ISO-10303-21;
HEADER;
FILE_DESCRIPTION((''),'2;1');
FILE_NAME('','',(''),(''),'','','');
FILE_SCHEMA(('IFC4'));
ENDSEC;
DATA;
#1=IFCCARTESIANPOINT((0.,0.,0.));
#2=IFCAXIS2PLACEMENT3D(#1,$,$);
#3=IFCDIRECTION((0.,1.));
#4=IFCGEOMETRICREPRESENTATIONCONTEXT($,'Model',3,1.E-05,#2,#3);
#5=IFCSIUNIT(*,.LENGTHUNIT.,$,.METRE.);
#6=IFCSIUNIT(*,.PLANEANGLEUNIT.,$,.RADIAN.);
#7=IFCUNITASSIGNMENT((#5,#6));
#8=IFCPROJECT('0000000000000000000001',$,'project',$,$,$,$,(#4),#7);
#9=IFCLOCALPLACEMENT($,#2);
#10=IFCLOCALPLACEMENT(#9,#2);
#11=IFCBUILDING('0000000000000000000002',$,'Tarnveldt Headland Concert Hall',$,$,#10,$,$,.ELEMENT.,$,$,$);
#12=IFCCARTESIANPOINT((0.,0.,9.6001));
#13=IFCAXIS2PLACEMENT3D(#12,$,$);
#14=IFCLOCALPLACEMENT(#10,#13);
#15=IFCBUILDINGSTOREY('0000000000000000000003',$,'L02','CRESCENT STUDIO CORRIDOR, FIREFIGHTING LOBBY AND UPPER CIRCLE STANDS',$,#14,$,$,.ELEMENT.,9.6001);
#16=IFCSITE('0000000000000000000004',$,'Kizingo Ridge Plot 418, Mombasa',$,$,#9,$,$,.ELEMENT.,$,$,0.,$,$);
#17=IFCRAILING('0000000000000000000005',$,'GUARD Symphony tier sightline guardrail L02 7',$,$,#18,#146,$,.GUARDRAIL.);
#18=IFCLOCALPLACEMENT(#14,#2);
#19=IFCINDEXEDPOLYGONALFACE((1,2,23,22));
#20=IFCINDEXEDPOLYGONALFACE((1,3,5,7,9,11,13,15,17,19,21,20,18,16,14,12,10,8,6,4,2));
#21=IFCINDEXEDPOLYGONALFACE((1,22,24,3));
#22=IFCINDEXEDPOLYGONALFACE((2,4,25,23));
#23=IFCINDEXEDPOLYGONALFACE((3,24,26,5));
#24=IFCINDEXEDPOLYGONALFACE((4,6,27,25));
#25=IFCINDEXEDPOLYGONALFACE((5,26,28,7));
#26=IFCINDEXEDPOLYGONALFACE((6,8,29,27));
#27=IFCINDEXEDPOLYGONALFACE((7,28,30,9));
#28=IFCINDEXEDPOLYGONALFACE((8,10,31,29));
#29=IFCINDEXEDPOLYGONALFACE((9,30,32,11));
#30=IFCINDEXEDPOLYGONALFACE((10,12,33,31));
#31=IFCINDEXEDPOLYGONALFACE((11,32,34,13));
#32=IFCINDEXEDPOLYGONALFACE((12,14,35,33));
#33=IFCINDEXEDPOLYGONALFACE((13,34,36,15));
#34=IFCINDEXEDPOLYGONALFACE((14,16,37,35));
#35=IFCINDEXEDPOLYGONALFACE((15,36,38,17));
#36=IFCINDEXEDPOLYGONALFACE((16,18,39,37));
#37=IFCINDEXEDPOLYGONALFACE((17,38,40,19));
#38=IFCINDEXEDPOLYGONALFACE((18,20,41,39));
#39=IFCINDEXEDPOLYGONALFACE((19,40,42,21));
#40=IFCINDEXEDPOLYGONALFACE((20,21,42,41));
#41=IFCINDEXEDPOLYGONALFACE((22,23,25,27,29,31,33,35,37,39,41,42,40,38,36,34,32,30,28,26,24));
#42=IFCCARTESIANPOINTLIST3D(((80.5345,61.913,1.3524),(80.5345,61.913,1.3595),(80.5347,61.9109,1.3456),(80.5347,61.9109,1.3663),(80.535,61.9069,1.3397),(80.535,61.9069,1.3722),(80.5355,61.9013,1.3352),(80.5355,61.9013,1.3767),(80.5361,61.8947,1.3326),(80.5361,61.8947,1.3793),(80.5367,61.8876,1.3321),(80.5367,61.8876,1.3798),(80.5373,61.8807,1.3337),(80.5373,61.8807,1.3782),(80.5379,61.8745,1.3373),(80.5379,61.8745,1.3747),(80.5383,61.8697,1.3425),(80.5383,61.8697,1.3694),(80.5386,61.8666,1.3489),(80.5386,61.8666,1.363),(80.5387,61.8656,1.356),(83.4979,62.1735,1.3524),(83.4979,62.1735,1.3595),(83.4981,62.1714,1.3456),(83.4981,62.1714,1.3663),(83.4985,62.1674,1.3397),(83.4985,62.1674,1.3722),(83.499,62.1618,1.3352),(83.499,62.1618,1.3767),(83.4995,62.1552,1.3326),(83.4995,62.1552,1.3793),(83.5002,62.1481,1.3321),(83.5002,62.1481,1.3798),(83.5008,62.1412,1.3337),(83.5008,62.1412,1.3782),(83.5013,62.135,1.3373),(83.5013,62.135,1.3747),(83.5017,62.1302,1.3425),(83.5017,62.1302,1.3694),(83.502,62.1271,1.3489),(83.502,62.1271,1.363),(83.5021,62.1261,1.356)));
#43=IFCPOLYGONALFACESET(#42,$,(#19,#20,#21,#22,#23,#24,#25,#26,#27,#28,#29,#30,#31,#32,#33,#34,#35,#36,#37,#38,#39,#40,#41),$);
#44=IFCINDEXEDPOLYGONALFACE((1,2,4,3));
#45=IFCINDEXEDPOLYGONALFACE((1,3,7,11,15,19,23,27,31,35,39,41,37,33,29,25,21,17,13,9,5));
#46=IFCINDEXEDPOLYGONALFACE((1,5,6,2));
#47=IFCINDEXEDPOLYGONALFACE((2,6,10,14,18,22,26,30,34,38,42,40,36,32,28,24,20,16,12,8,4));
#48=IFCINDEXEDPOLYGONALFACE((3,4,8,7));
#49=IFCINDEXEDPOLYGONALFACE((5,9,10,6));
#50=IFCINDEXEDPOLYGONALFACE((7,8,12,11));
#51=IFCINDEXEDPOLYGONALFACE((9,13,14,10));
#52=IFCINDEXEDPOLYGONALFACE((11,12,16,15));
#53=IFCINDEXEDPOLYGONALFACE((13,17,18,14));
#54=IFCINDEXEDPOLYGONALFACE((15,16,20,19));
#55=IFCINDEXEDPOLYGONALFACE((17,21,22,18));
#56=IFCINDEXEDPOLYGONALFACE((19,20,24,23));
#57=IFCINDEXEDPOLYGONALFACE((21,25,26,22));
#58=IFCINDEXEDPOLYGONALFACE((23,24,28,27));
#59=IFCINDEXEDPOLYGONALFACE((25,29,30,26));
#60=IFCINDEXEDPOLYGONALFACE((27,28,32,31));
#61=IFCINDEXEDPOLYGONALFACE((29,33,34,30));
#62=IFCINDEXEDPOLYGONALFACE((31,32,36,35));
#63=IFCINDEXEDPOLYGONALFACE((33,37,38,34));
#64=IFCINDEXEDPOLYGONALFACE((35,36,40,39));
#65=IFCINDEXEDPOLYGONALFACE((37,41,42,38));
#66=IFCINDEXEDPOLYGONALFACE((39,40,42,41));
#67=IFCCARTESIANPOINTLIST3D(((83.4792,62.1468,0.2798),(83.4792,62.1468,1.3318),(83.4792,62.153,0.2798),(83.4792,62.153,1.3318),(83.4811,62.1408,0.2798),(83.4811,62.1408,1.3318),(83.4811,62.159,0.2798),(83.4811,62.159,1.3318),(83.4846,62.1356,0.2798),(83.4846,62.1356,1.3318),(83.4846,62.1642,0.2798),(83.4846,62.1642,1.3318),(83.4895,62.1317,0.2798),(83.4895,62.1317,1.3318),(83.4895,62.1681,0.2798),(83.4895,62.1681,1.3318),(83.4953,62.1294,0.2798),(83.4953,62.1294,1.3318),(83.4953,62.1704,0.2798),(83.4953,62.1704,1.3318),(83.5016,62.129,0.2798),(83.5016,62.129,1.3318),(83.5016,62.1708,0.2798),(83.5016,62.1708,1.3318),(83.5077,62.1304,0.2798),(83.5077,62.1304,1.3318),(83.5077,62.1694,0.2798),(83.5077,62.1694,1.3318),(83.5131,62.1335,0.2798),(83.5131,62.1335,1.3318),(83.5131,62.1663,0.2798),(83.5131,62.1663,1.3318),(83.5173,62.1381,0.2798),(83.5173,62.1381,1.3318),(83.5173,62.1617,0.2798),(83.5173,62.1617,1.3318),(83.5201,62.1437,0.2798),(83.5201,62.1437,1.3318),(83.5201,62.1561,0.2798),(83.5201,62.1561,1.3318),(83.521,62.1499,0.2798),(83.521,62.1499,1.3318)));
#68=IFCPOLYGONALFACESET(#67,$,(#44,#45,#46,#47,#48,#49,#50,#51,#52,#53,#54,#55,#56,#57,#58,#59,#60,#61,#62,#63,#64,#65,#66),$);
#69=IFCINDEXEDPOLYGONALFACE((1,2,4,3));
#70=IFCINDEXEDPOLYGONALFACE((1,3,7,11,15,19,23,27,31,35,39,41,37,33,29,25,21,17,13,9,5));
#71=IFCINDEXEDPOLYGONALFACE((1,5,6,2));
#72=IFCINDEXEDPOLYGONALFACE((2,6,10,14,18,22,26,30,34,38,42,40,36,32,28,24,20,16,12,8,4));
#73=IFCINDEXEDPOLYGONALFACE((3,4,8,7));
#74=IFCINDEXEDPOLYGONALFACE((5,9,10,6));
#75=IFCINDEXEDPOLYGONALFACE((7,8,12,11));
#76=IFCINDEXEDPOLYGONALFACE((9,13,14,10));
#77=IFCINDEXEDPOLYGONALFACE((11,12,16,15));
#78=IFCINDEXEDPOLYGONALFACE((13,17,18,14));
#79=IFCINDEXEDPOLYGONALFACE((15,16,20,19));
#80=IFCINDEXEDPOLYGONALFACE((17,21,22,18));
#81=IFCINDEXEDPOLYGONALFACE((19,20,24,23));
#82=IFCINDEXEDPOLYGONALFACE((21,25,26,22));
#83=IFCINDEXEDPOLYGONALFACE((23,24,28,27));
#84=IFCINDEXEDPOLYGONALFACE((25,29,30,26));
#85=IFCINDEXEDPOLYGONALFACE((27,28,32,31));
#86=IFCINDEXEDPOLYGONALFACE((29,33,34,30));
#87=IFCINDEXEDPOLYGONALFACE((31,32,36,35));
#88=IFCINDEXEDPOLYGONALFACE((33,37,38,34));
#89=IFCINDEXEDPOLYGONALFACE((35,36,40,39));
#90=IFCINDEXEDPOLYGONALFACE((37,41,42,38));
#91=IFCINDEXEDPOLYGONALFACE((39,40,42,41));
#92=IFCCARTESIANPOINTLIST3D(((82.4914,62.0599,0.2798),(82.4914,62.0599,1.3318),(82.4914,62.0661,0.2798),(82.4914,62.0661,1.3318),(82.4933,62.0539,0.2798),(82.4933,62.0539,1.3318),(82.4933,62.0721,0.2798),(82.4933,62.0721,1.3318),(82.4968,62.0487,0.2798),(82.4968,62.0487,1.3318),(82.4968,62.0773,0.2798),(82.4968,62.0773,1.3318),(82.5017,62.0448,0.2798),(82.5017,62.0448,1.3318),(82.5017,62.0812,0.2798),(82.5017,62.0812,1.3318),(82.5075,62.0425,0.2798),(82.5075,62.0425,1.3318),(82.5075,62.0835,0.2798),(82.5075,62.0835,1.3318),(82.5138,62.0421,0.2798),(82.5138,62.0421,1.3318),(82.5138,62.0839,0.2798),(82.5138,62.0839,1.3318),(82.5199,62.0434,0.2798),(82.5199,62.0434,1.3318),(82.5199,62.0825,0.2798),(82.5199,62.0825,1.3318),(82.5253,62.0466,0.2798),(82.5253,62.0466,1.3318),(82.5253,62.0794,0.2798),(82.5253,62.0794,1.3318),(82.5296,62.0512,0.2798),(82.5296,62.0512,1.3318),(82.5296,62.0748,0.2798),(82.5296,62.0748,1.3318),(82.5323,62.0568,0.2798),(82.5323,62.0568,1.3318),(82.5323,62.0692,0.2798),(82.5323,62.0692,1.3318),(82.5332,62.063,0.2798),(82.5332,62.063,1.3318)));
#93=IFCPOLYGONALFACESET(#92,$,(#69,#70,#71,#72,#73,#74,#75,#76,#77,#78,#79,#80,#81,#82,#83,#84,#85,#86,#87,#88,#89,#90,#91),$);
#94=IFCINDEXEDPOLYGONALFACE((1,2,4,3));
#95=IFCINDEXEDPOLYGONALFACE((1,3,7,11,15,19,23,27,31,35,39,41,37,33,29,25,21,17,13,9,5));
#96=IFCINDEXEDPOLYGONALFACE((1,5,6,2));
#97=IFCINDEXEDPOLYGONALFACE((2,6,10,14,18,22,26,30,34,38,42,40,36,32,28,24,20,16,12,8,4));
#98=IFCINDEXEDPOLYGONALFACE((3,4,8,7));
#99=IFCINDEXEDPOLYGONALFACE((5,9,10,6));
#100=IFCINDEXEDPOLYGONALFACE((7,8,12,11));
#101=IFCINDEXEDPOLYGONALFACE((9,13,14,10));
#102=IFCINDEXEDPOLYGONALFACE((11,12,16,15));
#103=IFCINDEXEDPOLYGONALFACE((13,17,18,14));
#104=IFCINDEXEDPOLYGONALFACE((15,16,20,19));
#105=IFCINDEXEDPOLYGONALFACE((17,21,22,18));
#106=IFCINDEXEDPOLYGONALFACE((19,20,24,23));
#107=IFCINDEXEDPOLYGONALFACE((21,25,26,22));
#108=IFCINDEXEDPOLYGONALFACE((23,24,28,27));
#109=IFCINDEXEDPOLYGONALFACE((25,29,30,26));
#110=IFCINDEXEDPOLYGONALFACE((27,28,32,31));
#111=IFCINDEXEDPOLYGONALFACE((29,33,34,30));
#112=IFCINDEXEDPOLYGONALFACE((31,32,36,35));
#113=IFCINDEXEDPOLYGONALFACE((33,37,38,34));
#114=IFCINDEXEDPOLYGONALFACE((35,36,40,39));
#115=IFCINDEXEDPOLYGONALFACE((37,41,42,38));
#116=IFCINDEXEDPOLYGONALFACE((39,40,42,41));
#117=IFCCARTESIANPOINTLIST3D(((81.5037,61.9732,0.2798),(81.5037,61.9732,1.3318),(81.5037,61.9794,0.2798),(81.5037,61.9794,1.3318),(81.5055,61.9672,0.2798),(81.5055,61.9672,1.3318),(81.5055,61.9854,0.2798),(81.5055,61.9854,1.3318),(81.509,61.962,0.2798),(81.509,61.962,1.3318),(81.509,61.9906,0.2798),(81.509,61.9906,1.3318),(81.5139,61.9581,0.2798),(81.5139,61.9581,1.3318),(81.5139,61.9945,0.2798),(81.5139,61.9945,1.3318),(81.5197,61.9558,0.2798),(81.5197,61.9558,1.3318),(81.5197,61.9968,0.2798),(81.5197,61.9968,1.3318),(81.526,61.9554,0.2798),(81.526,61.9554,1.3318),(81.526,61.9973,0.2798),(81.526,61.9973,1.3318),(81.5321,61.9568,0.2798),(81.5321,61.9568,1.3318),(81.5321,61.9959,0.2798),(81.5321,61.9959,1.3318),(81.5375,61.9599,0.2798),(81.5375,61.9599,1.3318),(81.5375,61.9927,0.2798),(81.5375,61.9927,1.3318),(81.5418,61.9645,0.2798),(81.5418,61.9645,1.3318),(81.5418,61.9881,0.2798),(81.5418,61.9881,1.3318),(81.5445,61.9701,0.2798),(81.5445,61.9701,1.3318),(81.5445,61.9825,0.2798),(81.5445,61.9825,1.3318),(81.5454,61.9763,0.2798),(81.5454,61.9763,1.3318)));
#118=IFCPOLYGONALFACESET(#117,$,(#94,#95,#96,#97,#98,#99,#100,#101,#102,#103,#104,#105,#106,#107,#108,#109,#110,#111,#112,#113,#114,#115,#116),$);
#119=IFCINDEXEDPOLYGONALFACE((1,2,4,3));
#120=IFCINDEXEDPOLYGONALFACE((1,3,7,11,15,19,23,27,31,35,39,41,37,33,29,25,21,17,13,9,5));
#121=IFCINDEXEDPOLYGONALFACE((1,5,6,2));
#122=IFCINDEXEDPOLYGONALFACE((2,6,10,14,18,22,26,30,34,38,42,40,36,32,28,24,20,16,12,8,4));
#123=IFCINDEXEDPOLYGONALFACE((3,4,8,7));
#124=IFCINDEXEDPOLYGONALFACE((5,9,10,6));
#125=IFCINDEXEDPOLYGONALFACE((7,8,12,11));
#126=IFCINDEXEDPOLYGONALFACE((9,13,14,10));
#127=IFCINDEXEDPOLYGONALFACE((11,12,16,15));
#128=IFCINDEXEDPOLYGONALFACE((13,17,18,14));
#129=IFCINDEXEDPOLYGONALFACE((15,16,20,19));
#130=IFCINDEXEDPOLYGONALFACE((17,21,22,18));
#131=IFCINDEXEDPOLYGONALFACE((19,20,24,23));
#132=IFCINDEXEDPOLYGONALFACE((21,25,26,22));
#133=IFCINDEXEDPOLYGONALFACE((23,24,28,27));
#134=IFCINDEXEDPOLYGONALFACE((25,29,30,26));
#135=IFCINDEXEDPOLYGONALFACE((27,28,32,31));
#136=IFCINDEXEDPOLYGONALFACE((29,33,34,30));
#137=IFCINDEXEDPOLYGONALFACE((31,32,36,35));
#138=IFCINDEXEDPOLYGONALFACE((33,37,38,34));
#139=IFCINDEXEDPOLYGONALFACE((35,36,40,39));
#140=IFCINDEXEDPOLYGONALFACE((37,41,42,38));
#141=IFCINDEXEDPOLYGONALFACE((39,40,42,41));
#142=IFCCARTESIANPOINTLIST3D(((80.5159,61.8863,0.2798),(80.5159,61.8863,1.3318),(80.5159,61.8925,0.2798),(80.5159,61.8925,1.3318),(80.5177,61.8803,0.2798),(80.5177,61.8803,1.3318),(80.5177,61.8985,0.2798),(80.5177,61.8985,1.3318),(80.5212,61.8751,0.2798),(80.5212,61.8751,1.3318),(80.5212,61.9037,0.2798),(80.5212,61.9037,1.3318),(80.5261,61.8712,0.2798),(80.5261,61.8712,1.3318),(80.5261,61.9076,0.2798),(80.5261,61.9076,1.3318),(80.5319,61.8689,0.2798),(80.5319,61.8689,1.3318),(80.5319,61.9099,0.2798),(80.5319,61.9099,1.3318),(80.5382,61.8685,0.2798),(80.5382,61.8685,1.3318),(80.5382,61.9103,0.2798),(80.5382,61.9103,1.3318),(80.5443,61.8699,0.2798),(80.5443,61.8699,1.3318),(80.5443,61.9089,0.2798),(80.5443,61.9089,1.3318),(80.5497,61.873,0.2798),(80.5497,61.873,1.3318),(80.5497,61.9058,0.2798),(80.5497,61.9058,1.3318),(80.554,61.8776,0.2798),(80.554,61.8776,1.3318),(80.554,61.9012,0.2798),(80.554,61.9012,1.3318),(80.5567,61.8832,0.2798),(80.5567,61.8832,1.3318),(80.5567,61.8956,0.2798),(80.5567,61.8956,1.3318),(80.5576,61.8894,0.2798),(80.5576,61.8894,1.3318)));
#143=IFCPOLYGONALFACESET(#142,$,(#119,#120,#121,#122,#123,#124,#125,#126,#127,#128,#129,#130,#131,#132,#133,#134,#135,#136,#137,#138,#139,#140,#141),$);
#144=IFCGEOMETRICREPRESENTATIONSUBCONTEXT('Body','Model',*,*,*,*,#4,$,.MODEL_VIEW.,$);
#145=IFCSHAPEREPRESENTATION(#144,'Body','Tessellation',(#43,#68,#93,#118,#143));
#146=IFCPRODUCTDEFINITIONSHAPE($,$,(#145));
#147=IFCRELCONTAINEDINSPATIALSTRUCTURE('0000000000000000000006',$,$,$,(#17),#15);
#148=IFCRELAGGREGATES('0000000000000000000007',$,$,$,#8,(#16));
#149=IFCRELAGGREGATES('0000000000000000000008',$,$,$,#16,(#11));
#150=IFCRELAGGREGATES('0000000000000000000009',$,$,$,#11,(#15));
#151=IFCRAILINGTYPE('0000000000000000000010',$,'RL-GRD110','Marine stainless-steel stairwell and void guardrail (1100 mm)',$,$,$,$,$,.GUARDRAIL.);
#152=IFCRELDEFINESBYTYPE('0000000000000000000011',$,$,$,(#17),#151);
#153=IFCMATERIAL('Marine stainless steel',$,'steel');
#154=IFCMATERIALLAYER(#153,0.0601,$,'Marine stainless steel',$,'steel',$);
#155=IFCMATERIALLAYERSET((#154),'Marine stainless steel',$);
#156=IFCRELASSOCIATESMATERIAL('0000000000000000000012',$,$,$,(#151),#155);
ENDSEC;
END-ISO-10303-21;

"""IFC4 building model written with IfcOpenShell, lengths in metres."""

from ifc_helpers import new_model, si_unit, direction, frame, origin, origin_2d, place, context, subcontext, project, spatial, circle, extrude, material, layer, layer_set, type_object, element, save


model = new_model("IFC4")

# Units and contexts
model_context = context("Model", 3, precision=1e-05, world=origin(), true_north=direction((0.0, 1.0)))
body_context = subcontext(model_context, "Body", "Model", "MODEL_VIEW")
ifc_project = project(units=[si_unit("LENGTHUNIT", "METRE"), si_unit("PLANEANGLEUNIT", "RADIAN")], contexts=[model_context])

# Site, building, storey
site_placement = place(None, origin())
site = spatial("IfcSite", under=ifc_project, at=site_placement, Name="Kizingo Ridge Plot 418, Mombasa", CompositionType="ELEMENT", RefElevation=0.0)
building_placement = place(site_placement, origin())
building = spatial("IfcBuilding", under=site, at=building_placement, Name="Tarnveldt Headland Concert Hall", CompositionType="ELEMENT")
storey_placement = place(building_placement, frame((0.0, 0.0, 9.6001)))
storey = spatial("IfcBuildingStorey", under=building, at=storey_placement, Name="L02", Description="CRESCENT STUDIO CORRIDOR, FIREFIGHTING LOBBY AND UPPER CIRCLE STANDS", CompositionType="ELEMENT", Elevation=9.6001)

# Railing
ifc_material_1 = material(Name="Marine stainless steel", Category="steel")
ifc_layer_1 = layer(ifc_material_1, 0.0601, Name="Marine stainless steel", Category="steel")
ifc_layer_set_1 = layer_set([ifc_layer_1], Name="Marine stainless steel")
railing_type = type_object("IfcRailingType", Name="RL-GRD110", Description="Marine stainless-steel stairwell and void guardrail (1100 mm)", PredefinedType="GUARDRAIL", material=ifc_layer_set_1)
railing_1_placement = place(storey_placement, frame((83.5, 62.1499, 0.2798)))
element("IfcRailing", 1, at=railing_1_placement, inside=storey, type_object=railing_type, Name="GUARD Symphony tier sightline guardrail L02 7", PredefinedType="GUARDRAIL", context=body_context, shape_type="SweptSolid", body=[
    extrude(circle(Radius=0.0239, at=origin_2d()), frame((0.0, 0.0, 1.0762), z_axis=(-0.996159, -0.087568, 0.0), x_axis=(0.087568, -0.996159, 0.0)), (0.0, 0.0, 1.0), 2.9749),
    extrude(circle(Radius=0.021, at=origin_2d()), origin(), (0.0, 0.0, 1.0), 1.052),
    extrude(circle(Radius=0.021, at=origin_2d()), frame((-0.9878, -0.0869, 0.0)), (0.0, 0.0, 1.0), 1.052),
    extrude(circle(Radius=0.021, at=origin_2d()), frame((-1.9756, -0.1736, 0.0)), (0.0, 0.0, 1.0), 1.052),
    extrude(circle(Radius=0.021, at=origin_2d()), frame((-2.9634, -0.2605, 0.0)), (0.0, 0.0, 1.0), 1.052),
])

save(model, "model.ifc")
